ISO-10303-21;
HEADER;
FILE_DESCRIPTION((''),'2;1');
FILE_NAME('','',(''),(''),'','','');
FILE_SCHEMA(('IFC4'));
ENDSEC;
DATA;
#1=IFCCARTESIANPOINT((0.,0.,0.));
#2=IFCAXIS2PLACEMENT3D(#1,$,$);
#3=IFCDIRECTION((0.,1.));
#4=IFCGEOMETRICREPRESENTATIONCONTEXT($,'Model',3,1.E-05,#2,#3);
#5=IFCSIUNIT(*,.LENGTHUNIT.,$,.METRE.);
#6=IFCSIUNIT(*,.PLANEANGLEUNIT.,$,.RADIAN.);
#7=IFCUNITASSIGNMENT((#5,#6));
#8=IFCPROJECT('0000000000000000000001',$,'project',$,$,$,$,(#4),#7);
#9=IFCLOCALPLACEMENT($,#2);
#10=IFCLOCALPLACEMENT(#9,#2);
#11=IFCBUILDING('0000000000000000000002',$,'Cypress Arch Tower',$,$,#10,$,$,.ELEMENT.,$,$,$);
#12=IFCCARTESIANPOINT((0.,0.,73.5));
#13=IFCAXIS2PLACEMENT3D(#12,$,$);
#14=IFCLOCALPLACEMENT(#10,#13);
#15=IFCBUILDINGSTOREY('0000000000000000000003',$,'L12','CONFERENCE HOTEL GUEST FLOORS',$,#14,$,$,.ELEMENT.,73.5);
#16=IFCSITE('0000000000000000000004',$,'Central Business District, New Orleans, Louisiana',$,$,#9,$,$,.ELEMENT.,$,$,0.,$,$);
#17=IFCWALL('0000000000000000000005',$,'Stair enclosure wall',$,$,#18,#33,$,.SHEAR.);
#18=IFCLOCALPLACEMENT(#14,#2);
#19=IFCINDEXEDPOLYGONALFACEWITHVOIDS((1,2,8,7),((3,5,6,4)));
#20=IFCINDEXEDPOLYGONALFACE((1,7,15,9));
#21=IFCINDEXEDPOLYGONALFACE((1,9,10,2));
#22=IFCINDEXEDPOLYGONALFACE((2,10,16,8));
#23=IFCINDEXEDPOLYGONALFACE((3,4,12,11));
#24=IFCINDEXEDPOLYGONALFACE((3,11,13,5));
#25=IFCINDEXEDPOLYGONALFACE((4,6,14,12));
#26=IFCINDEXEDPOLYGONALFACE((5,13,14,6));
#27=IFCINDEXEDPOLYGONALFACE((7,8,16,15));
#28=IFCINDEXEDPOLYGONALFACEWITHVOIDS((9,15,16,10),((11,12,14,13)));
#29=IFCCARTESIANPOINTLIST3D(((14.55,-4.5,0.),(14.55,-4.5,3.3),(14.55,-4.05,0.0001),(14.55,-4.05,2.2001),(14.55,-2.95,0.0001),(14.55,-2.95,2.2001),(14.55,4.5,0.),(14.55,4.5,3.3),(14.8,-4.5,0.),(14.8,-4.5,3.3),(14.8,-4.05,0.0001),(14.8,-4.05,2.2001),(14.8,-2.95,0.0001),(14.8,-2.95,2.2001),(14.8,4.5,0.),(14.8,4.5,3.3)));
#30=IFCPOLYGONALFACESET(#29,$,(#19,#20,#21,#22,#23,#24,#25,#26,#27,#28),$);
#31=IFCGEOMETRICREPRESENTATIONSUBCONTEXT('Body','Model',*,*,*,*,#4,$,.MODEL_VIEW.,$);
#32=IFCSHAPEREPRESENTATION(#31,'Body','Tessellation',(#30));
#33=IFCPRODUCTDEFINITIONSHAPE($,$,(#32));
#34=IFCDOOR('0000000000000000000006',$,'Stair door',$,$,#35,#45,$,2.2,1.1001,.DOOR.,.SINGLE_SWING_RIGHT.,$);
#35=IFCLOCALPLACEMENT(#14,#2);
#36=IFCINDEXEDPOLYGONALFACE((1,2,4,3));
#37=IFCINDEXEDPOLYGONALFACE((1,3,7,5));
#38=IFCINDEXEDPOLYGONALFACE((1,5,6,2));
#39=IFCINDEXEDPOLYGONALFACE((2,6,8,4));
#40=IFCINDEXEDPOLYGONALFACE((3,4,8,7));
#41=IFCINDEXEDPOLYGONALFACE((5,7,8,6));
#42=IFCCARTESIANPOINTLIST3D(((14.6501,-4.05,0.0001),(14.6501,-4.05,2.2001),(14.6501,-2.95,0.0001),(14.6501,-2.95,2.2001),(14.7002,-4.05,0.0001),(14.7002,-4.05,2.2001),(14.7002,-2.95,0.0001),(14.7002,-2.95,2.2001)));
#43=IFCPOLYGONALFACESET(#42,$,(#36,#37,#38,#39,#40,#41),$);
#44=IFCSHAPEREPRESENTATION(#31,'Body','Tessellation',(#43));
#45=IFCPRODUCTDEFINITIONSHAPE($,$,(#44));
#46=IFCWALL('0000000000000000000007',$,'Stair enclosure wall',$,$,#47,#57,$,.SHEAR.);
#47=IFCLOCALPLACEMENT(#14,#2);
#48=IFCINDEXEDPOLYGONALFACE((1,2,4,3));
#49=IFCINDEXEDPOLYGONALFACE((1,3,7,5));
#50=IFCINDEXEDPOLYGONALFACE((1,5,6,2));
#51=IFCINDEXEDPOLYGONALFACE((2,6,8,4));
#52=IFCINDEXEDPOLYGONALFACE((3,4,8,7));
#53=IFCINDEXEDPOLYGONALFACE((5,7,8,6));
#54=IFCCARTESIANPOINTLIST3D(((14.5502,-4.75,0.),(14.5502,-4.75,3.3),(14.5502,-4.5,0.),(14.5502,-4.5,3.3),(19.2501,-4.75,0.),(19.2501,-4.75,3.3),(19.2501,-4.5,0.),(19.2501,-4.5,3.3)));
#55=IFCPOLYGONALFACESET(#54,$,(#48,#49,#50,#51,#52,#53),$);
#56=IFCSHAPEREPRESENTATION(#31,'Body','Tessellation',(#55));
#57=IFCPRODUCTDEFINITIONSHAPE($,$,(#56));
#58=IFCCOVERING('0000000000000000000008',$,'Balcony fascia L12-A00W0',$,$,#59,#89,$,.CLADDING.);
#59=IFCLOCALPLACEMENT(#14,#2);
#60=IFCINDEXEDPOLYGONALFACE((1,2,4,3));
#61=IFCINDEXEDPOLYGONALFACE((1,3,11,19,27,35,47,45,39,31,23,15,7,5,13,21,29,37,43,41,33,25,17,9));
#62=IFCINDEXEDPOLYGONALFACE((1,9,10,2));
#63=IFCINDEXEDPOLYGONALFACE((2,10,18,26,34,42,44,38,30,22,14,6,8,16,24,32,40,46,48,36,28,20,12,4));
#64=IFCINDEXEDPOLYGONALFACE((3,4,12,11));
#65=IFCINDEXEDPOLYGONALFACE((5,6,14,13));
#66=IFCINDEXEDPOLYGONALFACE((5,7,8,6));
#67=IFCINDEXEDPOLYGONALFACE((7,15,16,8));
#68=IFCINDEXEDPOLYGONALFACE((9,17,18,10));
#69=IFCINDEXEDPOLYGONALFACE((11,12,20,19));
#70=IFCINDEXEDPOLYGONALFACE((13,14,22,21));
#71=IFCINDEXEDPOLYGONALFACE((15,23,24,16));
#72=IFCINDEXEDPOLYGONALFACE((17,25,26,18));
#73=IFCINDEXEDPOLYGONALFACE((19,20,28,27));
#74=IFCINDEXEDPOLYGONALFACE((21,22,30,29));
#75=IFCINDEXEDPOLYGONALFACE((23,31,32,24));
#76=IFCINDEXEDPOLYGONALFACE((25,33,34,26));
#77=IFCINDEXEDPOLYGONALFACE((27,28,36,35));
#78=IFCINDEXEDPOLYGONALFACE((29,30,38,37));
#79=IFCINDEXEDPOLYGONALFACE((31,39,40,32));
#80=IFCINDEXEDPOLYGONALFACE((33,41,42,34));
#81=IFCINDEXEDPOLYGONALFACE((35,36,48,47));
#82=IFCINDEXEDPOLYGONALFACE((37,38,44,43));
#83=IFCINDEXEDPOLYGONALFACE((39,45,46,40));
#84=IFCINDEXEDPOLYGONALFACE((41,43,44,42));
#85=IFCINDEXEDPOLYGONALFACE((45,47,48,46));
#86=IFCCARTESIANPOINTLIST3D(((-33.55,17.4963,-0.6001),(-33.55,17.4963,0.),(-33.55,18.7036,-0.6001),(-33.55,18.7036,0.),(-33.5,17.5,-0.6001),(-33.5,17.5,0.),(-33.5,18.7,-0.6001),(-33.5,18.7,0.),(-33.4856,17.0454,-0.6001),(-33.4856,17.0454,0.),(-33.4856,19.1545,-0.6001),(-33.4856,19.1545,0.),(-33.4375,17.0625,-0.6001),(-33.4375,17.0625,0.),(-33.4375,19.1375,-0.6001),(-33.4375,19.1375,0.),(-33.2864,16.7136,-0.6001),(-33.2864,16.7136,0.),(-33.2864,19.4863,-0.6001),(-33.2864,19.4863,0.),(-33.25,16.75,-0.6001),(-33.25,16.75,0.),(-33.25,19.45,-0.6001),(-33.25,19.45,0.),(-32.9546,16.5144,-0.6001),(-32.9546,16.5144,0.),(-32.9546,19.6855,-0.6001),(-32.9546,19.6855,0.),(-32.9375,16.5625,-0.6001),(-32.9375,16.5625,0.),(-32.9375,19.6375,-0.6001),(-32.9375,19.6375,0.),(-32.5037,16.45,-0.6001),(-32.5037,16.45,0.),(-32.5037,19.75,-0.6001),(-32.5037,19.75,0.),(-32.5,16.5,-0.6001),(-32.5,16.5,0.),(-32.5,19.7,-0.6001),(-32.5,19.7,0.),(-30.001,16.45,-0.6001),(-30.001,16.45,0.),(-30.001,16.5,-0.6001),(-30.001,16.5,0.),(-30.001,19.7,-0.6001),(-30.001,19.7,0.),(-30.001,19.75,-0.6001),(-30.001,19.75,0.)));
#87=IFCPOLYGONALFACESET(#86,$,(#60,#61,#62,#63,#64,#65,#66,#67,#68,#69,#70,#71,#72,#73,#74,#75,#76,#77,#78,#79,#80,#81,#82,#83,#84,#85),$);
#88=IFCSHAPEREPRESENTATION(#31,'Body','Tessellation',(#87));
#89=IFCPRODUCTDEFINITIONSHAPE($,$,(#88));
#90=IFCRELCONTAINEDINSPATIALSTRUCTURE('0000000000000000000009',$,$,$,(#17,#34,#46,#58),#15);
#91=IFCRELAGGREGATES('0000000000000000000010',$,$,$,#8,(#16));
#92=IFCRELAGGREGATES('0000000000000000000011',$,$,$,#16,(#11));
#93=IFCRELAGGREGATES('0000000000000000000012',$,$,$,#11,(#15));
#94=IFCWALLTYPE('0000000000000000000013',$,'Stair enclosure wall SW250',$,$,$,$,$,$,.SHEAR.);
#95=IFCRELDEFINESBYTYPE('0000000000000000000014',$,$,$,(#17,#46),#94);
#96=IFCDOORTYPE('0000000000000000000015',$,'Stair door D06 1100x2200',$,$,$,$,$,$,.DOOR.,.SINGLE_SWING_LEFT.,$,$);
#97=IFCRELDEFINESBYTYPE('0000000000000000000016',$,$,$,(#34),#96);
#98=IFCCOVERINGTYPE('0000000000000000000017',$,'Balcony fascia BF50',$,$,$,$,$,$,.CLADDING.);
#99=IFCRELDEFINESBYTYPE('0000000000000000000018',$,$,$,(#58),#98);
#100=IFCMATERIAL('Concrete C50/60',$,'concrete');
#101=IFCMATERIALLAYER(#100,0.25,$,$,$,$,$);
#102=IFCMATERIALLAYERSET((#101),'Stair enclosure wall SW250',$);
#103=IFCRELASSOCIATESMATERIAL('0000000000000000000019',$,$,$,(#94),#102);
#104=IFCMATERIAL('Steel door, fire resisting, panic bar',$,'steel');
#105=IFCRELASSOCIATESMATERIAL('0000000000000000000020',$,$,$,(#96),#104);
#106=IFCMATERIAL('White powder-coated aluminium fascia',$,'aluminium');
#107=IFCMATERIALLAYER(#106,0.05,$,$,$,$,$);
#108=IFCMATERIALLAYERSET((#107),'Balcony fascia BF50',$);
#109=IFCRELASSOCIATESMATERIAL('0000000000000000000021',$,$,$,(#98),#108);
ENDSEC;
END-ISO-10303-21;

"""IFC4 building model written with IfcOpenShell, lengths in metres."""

from ifc_helpers import new_model, si_unit, direction, frame, frame_2d, origin, place, context, subcontext, project, spatial, polyline, rectangle, outline, extrude, material, layer, layer_set, type_object, element, fill, save


model = new_model("IFC4")

# Units and contexts
model_context = context("Model", 3, precision=1e-05, world=origin(), true_north=direction((0.0, 1.0)))
body_context = subcontext(model_context, "Body", "Model", "MODEL_VIEW")
ifc_project = project(units=[si_unit("LENGTHUNIT", "METRE"), si_unit("PLANEANGLEUNIT", "RADIAN")], contexts=[model_context])

# Site, building, storey
site_placement = place(None, origin())
site = spatial("IfcSite", under=ifc_project, at=site_placement, Name="Central Business District, New Orleans, Louisiana", CompositionType="ELEMENT", RefElevation=0.0)
building_placement = place(site_placement, origin())
building = spatial("IfcBuilding", under=site, at=building_placement, Name="Cypress Arch Tower", CompositionType="ELEMENT")
storey_placement = place(building_placement, frame((0.0, 0.0, 73.5)))
storey = spatial("IfcBuildingStorey", under=building, at=storey_placement, Name="L12", Description="CONFERENCE HOTEL GUEST FLOORS", CompositionType="ELEMENT", Elevation=73.5)

# Wall, opening, door
ifc_material_1 = material(Name="Concrete C50/60", Category="concrete")
ifc_layer_1 = layer(ifc_material_1, 0.25)
ifc_layer_set_1 = layer_set([ifc_layer_1], Name="Stair enclosure wall SW250")
wall_type_1 = type_object("IfcWallType", Name="Stair enclosure wall SW250", PredefinedType="SHEAR", material=ifc_layer_set_1)
wall_1_placement = place(storey_placement, frame((14.675, -4.5, 0.0), z_axis=(0.0, 0.0, 1.0), x_axis=(0.0, 1.0, 0.0)))
wall_1 = element("IfcWall", 1, at=wall_1_placement, inside=storey, type_object=wall_type_1, Name="Stair enclosure wall", PredefinedType="SHEAR", context=body_context, shape_type="SweptSolid", body=[
    extrude(rectangle(XDim=9.0, YDim=0.25, at=frame_2d((4.5, 0.0))), origin(), (0.0, 0.0, 1.0), 3.3),
])
opening_1_placement = place(wall_1_placement, frame((0.45, 0.0, 0.0)))
opening_1 = element("IfcOpeningElement", 2, at=opening_1_placement, cuts=wall_1, PredefinedType="OPENING", context=body_context, shape_type="SweptSolid", body=[
    extrude(rectangle(XDim=1.1001, YDim=2.2, at=frame_2d((0.55, 1.1001))), frame((0.0, 0.135, 0.0), z_axis=(0.0, -1.0, 0.0), x_axis=(1.0, 0.0, 0.0)), (0.0, 0.0, 1.0), 0.27),
])
ifc_material_2 = material(Name="Steel door, fire resisting, panic bar", Category="steel")
door_type_1 = type_object("IfcDoorType", Name="Stair door D06 1100x2200", OperationType="SINGLE_SWING_LEFT", PredefinedType="DOOR", material=ifc_material_2)
door_1_placement = place(opening_1_placement, origin())
door_1 = element("IfcDoor", 3, at=door_1_placement, inside=storey, type_object=door_type_1, Name="Stair door", OperationType="SINGLE_SWING_RIGHT", OverallHeight=2.2, OverallWidth=1.1001, PredefinedType="DOOR", context=body_context, shape_type="SweptSolid", body=[
    extrude(rectangle(XDim=1.1001, YDim=2.2, at=frame_2d((0.55, 1.1001))), frame((0.0, 0.0249, 0.0), z_axis=(0.0, -1.0, 0.0), x_axis=(1.0, 0.0, 0.0)), (0.0, 0.0, 1.0), 0.05),
])
fill(opening_1, door_1)

# Wall
wall_2_placement = place(storey_placement, frame((14.55, -4.625, 0.0), z_axis=(0.0, 0.0, 1.0), x_axis=(1.0, 0.0, 0.0)))
element("IfcWall", 4, at=wall_2_placement, inside=storey, type_object=wall_type_1, Name="Stair enclosure wall", PredefinedType="SHEAR", context=body_context, shape_type="SweptSolid", body=[
    extrude(rectangle(XDim=4.7, YDim=0.25, at=frame_2d((2.3501, 0.0))), origin(), (0.0, 0.0, 1.0), 3.3),
])

# Covering
ifc_material_3 = material(Name="White powder-coated aluminium fascia", Category="aluminium")
ifc_layer_2 = layer(ifc_material_3, 0.05)
ifc_layer_set_2 = layer_set([ifc_layer_2], Name="Balcony fascia BF50")
covering_type = type_object("IfcCoveringType", Name="Balcony fascia BF50", PredefinedType="CLADDING", material=ifc_layer_set_2)
covering_placement = place(storey_placement, frame((0.0, 0.0, -0.6001)))
element("IfcCovering", 5, at=covering_placement, inside=storey, type_object=covering_type, Name="Balcony fascia L12-A00W0", PredefinedType="CLADDING", context=body_context, shape_type="SweptSolid", body=[
    extrude(outline(polyline([(-32.5037, 16.45), (-32.9546, 16.5144), (-33.2864, 16.7136), (-33.4856, 17.0454), (-33.55, 17.4963), (-33.55, 18.7036), (-33.4856, 19.1545), (-33.2864, 19.4863), (-32.9546, 19.6855), (-32.5037, 19.75), (-30.001, 19.75), (-30.001, 19.7), (-32.5, 19.7), (-32.9375, 19.6375), (-33.25, 19.45), (-33.4375, 19.1375), (-33.5, 18.7), (-33.5, 17.5), (-33.4375, 17.0625), (-33.25, 16.75), (-32.9375, 16.5625), (-32.5, 16.5), (-30.001, 16.5), (-30.001, 16.45), (-32.5037, 16.45)])), origin(), (0.0, 0.0, 1.0), 0.6001),
])

save(model, "model.ifc")
